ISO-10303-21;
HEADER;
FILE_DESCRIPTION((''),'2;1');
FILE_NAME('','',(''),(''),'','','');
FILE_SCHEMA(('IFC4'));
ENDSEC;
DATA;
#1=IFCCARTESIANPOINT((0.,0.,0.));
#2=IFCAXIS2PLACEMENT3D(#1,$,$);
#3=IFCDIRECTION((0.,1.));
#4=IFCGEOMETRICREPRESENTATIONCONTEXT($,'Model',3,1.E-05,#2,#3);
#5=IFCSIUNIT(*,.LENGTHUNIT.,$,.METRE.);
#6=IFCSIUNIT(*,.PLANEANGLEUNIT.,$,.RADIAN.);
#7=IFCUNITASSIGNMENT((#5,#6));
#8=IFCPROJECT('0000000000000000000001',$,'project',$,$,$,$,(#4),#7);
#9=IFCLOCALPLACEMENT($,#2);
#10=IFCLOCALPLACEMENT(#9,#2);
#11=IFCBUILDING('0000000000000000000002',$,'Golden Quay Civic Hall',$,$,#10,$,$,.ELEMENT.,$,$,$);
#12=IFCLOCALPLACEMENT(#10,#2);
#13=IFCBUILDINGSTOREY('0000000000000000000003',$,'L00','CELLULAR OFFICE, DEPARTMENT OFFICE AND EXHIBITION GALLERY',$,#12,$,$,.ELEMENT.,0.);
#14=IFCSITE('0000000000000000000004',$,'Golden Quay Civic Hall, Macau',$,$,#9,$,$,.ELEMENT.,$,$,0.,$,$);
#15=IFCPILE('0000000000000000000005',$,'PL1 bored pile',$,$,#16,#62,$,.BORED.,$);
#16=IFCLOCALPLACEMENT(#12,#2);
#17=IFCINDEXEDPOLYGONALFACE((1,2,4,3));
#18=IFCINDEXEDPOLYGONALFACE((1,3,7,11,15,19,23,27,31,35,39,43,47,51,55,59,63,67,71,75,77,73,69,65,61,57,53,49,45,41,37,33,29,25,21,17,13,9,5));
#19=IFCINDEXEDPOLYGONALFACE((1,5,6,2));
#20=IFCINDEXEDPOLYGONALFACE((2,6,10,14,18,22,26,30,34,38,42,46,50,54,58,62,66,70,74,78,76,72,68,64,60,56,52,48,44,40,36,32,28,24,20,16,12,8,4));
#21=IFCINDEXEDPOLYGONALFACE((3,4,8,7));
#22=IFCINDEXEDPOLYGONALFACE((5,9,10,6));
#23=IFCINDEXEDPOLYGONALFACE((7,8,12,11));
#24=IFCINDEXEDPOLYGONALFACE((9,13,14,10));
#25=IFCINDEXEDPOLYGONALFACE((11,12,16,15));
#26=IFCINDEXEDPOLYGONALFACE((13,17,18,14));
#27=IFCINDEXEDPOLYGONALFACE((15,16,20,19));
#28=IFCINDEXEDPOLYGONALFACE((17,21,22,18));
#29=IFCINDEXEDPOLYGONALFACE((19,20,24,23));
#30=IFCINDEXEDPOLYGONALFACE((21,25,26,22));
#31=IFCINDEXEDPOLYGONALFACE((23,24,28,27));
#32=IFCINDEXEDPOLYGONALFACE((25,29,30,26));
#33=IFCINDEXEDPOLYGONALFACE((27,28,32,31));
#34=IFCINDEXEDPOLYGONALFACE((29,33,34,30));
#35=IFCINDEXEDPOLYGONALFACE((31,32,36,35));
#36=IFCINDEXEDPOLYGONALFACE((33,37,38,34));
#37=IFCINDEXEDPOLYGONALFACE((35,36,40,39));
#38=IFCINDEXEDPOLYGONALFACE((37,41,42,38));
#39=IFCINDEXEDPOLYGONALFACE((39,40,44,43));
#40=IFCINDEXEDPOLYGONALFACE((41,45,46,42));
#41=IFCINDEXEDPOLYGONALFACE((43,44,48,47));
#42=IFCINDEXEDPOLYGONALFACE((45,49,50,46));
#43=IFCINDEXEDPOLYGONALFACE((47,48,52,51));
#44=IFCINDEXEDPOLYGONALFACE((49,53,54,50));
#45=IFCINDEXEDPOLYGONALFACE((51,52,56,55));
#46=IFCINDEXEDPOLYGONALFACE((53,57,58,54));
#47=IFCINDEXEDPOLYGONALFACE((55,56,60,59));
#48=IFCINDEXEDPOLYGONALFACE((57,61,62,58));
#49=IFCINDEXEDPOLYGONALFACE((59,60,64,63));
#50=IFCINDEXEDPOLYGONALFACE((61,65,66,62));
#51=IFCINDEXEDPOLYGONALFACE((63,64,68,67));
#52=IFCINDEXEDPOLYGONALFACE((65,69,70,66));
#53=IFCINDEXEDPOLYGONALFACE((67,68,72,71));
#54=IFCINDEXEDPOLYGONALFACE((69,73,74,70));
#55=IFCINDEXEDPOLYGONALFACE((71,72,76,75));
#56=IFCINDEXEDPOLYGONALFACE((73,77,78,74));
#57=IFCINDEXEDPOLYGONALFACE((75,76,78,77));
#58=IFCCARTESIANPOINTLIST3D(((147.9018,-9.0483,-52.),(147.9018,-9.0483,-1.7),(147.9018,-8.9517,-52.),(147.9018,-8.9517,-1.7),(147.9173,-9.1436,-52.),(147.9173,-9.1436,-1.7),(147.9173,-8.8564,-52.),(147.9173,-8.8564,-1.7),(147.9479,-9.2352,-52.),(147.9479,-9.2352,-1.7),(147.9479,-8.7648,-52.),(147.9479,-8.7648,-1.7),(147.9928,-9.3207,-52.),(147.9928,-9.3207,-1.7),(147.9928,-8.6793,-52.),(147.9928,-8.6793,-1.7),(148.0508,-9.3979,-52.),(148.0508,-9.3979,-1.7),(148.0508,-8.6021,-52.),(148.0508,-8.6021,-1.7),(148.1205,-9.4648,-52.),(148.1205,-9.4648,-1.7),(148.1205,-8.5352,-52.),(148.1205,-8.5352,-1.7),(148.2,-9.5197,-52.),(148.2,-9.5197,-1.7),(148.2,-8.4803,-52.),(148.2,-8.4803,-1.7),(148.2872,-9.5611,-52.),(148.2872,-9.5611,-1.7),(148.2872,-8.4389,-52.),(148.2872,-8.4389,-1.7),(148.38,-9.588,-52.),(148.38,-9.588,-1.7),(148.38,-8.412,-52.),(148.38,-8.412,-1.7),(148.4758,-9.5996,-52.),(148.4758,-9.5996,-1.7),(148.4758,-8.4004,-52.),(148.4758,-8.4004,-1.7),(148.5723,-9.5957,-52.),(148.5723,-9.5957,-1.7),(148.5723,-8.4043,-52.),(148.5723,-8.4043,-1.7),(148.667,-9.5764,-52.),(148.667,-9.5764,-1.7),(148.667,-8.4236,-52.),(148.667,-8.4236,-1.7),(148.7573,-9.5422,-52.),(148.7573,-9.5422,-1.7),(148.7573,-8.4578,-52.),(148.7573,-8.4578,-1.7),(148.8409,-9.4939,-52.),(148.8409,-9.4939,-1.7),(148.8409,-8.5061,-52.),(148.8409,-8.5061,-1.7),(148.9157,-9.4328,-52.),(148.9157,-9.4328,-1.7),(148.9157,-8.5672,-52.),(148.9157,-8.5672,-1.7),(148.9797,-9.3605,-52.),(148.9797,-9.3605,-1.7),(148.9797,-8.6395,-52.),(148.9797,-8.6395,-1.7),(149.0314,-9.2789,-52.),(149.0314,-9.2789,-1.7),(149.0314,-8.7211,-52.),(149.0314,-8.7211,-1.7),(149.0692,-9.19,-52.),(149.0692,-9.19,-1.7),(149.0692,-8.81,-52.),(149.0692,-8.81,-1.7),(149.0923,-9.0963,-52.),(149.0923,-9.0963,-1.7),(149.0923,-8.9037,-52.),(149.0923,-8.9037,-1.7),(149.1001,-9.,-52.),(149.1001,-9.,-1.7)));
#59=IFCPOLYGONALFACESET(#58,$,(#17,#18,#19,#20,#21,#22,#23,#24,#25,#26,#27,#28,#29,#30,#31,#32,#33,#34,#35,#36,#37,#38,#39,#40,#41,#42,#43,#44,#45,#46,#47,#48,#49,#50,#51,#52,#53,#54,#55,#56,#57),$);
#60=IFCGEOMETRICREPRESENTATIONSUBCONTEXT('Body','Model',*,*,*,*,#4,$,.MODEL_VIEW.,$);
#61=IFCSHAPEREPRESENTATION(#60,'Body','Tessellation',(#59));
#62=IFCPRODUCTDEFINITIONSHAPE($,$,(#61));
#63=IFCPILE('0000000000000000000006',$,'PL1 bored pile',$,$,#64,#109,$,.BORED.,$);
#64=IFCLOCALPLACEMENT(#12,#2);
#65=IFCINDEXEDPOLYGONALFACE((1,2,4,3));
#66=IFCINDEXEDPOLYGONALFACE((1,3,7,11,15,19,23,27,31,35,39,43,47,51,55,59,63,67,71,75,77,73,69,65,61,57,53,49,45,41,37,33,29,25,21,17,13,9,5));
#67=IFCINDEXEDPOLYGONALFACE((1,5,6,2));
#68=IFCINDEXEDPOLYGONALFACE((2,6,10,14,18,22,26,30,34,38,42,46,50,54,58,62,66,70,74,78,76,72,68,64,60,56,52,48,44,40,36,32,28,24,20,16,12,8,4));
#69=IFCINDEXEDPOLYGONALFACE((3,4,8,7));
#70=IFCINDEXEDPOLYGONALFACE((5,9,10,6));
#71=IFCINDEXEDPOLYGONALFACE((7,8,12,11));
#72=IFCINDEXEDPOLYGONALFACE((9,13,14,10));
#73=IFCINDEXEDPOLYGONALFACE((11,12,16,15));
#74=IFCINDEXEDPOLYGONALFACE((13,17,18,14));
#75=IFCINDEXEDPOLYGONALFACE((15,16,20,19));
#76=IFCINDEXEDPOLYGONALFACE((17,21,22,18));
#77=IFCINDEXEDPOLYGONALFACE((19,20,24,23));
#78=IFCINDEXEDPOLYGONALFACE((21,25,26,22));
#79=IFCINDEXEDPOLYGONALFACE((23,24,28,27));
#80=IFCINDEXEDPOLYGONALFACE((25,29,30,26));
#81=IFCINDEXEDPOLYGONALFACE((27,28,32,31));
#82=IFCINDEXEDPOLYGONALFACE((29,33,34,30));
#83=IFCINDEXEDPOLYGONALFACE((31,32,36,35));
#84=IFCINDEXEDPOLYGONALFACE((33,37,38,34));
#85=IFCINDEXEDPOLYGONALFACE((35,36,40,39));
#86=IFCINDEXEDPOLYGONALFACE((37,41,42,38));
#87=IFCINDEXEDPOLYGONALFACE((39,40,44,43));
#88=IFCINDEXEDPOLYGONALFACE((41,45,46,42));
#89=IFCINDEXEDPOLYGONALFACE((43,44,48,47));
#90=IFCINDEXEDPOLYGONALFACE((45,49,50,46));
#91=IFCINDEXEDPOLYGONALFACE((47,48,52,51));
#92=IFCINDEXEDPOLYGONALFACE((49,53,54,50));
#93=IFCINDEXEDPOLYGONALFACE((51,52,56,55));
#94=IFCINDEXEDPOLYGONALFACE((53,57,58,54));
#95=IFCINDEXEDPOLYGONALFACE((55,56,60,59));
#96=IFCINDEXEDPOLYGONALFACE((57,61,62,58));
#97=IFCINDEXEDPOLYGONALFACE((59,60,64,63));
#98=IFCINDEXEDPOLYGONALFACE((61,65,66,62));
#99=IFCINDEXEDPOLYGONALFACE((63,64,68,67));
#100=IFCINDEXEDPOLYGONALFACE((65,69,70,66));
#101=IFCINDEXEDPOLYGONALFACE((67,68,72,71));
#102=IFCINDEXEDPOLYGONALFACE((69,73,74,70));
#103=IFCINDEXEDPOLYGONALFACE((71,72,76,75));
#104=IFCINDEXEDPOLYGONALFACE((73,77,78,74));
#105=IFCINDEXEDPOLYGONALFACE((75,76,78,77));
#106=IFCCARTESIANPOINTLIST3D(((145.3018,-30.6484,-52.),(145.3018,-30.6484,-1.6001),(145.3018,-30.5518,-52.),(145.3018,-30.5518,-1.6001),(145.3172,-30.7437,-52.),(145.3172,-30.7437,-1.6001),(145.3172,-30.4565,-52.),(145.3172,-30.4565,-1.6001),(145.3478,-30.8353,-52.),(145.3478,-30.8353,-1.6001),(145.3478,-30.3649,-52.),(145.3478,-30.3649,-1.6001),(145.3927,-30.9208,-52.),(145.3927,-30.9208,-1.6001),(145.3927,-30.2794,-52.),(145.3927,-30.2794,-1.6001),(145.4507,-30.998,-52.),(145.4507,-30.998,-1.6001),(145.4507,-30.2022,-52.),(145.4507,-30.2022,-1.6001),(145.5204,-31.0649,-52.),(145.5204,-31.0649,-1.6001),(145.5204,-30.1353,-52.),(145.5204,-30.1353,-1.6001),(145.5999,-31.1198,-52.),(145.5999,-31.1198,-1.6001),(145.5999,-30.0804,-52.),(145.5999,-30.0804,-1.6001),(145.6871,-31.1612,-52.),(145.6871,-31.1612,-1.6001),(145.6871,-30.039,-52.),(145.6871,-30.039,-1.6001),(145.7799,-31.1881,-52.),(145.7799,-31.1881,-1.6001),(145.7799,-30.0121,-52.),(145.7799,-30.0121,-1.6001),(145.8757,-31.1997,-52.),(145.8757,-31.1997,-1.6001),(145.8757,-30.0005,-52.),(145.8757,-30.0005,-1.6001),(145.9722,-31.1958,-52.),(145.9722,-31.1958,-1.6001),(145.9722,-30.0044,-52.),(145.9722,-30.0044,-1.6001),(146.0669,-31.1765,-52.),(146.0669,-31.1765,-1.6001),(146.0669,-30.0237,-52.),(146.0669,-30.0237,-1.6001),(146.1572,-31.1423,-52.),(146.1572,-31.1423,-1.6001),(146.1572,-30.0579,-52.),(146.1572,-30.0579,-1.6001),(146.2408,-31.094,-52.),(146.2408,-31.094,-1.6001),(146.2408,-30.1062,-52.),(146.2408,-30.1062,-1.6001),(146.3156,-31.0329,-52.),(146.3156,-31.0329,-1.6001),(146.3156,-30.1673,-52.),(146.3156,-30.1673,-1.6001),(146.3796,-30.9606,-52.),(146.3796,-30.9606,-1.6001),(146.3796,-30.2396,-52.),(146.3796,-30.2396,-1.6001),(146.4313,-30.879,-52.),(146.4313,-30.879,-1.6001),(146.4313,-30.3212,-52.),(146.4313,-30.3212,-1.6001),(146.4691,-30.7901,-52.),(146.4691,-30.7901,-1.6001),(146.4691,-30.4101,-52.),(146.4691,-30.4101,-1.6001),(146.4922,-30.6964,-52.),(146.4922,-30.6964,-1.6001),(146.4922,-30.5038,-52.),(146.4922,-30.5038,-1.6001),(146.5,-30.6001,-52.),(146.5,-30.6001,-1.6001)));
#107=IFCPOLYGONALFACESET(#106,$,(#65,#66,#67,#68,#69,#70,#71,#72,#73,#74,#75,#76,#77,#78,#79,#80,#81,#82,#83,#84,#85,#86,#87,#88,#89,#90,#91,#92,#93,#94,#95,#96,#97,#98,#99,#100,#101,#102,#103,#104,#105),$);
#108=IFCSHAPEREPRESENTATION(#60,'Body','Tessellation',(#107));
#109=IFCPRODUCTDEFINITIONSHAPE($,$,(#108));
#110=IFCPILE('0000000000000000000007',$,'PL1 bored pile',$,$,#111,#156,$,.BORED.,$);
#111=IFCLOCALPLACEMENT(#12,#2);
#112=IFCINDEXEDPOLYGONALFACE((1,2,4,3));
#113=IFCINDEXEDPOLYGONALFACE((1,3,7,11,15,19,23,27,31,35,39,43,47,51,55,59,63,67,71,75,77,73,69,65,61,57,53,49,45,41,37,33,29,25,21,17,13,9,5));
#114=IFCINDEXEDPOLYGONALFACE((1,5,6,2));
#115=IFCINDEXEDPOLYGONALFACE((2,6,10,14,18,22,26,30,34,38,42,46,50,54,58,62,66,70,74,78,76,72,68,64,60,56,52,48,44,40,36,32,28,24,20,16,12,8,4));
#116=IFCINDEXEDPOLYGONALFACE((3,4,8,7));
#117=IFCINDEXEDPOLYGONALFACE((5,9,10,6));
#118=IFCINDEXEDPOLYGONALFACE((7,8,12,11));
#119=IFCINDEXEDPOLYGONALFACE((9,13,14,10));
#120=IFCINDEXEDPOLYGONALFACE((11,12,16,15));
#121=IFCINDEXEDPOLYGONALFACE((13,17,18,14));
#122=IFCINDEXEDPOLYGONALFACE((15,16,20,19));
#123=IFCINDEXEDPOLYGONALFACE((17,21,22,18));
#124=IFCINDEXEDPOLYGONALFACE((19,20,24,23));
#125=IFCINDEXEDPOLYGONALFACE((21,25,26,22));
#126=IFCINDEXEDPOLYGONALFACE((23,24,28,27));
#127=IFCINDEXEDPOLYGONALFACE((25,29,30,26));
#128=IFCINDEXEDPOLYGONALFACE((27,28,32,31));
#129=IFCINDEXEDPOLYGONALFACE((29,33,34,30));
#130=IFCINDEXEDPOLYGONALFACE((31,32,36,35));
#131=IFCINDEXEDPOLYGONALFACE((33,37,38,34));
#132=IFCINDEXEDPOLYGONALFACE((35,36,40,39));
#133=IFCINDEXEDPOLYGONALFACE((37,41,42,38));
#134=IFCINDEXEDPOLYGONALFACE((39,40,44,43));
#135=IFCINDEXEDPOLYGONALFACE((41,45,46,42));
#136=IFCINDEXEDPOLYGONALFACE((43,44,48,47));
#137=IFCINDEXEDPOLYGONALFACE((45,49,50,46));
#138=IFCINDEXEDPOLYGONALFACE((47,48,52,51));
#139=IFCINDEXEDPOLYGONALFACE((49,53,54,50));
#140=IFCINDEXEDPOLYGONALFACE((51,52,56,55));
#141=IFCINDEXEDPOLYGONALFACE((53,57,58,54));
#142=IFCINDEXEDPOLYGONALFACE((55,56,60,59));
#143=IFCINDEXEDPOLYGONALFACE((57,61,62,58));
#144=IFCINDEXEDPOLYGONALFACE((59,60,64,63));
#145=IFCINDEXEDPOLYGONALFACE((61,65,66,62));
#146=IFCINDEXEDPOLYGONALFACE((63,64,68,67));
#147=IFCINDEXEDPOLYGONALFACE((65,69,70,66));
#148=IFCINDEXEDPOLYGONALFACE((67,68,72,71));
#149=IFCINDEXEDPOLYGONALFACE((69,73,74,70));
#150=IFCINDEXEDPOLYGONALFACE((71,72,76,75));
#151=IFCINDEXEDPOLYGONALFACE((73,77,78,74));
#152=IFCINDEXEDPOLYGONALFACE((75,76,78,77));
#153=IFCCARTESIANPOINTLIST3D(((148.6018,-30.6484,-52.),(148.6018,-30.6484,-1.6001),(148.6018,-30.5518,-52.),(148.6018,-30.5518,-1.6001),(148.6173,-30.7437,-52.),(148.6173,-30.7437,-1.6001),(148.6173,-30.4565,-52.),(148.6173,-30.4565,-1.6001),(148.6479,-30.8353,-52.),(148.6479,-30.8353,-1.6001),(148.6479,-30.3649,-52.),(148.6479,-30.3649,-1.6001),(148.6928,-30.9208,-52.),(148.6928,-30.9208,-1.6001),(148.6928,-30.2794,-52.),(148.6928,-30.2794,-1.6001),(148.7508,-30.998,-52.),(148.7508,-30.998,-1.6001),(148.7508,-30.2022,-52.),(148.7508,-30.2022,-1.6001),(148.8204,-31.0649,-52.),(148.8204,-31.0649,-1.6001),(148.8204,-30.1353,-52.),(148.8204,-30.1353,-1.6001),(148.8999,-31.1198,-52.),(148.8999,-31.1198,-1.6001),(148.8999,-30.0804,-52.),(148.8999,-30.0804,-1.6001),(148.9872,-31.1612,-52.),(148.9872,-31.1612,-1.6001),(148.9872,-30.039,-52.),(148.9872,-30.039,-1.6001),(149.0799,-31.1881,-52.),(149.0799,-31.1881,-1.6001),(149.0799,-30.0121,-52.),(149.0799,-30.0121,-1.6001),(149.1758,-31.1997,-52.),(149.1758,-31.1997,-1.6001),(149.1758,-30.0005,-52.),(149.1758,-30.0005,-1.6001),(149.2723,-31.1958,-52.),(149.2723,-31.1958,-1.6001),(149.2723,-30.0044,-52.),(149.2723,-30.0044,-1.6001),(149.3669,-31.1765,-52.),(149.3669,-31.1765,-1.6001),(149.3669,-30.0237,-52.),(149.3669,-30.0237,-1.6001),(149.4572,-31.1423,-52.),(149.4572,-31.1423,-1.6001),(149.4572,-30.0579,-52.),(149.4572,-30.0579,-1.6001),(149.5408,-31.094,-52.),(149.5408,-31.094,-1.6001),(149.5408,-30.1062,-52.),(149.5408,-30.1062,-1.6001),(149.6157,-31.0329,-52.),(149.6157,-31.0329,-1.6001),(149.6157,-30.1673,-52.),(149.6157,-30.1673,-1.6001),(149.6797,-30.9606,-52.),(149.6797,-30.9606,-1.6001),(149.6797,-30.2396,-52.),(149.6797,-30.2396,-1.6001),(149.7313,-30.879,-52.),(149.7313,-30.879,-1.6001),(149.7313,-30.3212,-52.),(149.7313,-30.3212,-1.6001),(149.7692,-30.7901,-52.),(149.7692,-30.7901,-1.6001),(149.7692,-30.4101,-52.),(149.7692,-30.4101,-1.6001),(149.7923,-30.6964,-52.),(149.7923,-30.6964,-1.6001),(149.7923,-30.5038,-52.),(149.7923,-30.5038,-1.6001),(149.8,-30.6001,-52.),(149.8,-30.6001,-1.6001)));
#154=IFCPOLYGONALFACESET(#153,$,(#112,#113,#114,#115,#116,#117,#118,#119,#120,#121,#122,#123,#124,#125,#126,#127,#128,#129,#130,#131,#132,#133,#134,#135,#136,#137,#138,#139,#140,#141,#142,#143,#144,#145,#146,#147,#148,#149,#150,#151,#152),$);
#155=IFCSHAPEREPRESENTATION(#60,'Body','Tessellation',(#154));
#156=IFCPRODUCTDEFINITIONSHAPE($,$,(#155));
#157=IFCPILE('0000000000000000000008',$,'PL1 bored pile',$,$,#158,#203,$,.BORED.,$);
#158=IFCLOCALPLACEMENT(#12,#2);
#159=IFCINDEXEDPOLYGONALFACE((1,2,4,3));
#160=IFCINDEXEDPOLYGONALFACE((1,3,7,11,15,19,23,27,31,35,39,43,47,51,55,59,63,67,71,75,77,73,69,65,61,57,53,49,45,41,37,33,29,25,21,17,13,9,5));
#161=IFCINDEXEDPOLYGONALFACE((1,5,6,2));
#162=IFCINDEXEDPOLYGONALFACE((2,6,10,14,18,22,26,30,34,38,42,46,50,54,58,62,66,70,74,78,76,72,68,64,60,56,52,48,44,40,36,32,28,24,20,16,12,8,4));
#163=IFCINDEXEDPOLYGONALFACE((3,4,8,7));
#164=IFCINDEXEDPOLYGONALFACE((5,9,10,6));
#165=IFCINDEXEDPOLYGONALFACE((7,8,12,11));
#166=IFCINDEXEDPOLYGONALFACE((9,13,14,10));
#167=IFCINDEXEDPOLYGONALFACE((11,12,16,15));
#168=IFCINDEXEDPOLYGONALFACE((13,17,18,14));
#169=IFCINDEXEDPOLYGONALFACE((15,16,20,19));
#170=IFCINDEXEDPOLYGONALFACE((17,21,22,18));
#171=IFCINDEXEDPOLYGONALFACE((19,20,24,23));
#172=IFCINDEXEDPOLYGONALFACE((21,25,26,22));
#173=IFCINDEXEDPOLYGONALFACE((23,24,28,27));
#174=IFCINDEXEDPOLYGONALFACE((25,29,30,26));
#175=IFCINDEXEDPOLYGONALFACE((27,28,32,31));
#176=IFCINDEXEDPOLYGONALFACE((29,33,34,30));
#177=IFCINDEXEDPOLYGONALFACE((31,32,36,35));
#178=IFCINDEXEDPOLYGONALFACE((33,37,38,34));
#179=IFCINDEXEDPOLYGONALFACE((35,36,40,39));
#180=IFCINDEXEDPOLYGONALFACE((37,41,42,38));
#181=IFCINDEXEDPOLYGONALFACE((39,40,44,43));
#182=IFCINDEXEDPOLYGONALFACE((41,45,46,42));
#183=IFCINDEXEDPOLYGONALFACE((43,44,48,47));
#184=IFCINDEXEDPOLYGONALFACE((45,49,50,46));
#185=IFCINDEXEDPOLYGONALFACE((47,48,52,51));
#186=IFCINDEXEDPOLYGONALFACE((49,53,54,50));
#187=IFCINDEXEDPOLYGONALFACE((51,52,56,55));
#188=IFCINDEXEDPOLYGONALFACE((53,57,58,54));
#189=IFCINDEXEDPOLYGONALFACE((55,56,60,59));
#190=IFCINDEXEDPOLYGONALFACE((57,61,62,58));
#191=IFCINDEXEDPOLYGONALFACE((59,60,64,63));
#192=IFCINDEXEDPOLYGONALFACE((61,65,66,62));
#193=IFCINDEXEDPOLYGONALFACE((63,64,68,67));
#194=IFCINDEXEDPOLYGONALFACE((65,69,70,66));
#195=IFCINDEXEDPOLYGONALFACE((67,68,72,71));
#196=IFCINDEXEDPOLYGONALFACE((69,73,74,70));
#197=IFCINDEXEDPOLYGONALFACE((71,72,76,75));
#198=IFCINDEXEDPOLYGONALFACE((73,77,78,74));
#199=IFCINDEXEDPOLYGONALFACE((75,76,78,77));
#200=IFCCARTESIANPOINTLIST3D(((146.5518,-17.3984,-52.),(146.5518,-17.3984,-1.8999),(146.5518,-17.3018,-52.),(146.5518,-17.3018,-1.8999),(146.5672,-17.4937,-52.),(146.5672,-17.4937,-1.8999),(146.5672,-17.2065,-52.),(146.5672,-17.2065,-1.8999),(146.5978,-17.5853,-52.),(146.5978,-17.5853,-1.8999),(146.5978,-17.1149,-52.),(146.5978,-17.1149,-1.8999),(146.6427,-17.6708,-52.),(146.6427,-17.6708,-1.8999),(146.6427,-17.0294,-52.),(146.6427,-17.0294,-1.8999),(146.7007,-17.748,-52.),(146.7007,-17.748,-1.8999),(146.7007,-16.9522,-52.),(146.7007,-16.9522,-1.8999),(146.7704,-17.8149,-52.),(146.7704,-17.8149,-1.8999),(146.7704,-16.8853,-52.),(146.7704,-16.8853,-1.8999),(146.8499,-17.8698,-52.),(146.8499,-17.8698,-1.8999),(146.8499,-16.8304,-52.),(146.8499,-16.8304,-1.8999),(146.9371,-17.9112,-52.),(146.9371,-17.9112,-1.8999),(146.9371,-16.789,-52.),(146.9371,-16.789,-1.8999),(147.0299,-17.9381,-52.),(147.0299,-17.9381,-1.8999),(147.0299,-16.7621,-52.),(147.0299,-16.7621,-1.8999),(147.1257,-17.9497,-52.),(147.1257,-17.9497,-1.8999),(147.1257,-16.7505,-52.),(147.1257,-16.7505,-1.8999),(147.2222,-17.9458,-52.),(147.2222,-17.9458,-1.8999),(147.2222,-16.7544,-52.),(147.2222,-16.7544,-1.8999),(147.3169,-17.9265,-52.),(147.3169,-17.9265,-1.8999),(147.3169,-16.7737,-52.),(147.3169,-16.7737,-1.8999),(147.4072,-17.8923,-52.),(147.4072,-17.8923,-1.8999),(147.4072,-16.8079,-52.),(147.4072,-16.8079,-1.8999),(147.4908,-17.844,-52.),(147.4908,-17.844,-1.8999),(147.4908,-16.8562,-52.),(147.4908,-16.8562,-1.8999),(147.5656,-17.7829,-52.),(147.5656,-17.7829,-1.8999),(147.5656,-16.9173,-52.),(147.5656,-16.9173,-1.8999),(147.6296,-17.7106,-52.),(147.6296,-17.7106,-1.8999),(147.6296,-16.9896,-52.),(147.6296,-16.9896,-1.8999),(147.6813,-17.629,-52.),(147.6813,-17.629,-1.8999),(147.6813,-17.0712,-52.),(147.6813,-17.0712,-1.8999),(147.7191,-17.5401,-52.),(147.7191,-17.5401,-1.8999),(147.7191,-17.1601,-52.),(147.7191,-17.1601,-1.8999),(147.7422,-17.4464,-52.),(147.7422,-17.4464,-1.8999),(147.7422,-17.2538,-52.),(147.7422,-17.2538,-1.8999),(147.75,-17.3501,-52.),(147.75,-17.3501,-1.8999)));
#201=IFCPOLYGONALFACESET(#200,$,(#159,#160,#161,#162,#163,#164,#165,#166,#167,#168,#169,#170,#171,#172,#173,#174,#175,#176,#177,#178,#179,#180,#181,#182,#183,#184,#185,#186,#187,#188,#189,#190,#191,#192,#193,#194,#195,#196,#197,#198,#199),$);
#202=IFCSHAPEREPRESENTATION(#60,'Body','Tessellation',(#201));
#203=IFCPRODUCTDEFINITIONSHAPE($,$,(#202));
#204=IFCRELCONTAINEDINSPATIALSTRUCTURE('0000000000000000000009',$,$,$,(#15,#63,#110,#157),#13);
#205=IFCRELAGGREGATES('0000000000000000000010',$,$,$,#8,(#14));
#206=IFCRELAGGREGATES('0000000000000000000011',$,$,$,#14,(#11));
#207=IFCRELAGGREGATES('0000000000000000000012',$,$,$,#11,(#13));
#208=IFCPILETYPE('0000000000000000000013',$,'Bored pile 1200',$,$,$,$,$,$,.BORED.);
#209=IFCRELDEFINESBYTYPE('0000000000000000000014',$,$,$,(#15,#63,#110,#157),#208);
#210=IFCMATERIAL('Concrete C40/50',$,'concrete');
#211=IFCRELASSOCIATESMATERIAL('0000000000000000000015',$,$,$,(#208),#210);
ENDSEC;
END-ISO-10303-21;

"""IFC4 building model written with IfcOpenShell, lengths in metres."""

from ifc_helpers import new_model, si_unit, direction, frame, origin, origin_2d, place, context, subcontext, project, spatial, circle, extrude, material, material_profile, profile_set, type_object, element, save


model = new_model("IFC4")

# Units and contexts
model_context = context("Model", 3, precision=1e-05, world=origin(), true_north=direction((0.0, 1.0)))
body_context = subcontext(model_context, "Body", "Model", "MODEL_VIEW")
ifc_project = project(units=[si_unit("LENGTHUNIT", "METRE"), si_unit("PLANEANGLEUNIT", "RADIAN")], contexts=[model_context])

# Site, building, storey
site_placement = place(None, origin())
site = spatial("IfcSite", under=ifc_project, at=site_placement, Name="Golden Quay Civic Hall, Macau", CompositionType="ELEMENT", RefElevation=0.0)
building_placement = place(site_placement, origin())
building = spatial("IfcBuilding", under=site, at=building_placement, Name="Golden Quay Civic Hall", CompositionType="ELEMENT")
storey_placement = place(building_placement, origin())
storey = spatial("IfcBuildingStorey", under=building, at=storey_placement, Name="L00", Description="CELLULAR OFFICE, DEPARTMENT OFFICE AND EXHIBITION GALLERY", CompositionType="ELEMENT", Elevation=0.0)

# Piles
ifc_material_1 = material(Name="Concrete C40/50", Category="concrete")
ifc_material_profile_1 = material_profile(ifc_material_1, circle(Radius=0.6001, at=origin_2d()), Name="RC D1200")
ifc_profile_set_1 = profile_set([ifc_material_profile_1], Name="Concrete C40/50")
pile_type = type_object("IfcPileType", Name="Bored pile 1200", PredefinedType="BORED", material=ifc_profile_set_1)
pile_placement = place(storey_placement, frame((148.5, -9.0, -1.7), z_axis=(0.0, 0.0, -1.0), x_axis=(1.0, 0.0, 0.0)))
element("IfcPile", 1, at=pile_placement, inside=storey, type_object=pile_type, Name="PL1 bored pile", PredefinedType="BORED", context=body_context, shape_type="SweptSolid", body=[
    extrude(circle(Radius=0.6001, at=origin_2d()), origin(), (0.0, 0.0, 1.0), 50.3),
])
for number, where, z_axis, x_axis, name in (
    (2, (145.8999, -30.6001, -1.6001), (0.0, 0.0, -1.0), (1.0, 0.0, 0.0), "PL1 bored pile"),
    (3, (149.2, -30.6001, -1.6001), (0.0, 0.0, -1.0), (1.0, 0.0, 0.0), "PL1 bored pile"),
):
    element("IfcPile", number, at=place(storey_placement, frame(where, z_axis=z_axis, x_axis=x_axis)), inside=storey, type_object=pile_type, Name=name, PredefinedType="BORED", context=body_context, shape_type="SweptSolid", body=[
        extrude(circle(Radius=0.6001, at=origin_2d()), origin(), (0.0, 0.0, 1.0), 50.3999),
    ])
for number, where, z_axis, x_axis, name in (
    (4, (147.1499, -17.3501, -1.8999), (0.0, 0.0, -1.0), (1.0, 0.0, 0.0), "PL1 bored pile"),
):
    element("IfcPile", number, at=place(storey_placement, frame(where, z_axis=z_axis, x_axis=x_axis)), inside=storey, type_object=pile_type, Name=name, PredefinedType="BORED", context=body_context, shape_type="SweptSolid", body=[
        extrude(circle(Radius=0.6001, at=origin_2d()), origin(), (0.0, 0.0, 1.0), 50.1001),
    ])

save(model, "model.ifc")
